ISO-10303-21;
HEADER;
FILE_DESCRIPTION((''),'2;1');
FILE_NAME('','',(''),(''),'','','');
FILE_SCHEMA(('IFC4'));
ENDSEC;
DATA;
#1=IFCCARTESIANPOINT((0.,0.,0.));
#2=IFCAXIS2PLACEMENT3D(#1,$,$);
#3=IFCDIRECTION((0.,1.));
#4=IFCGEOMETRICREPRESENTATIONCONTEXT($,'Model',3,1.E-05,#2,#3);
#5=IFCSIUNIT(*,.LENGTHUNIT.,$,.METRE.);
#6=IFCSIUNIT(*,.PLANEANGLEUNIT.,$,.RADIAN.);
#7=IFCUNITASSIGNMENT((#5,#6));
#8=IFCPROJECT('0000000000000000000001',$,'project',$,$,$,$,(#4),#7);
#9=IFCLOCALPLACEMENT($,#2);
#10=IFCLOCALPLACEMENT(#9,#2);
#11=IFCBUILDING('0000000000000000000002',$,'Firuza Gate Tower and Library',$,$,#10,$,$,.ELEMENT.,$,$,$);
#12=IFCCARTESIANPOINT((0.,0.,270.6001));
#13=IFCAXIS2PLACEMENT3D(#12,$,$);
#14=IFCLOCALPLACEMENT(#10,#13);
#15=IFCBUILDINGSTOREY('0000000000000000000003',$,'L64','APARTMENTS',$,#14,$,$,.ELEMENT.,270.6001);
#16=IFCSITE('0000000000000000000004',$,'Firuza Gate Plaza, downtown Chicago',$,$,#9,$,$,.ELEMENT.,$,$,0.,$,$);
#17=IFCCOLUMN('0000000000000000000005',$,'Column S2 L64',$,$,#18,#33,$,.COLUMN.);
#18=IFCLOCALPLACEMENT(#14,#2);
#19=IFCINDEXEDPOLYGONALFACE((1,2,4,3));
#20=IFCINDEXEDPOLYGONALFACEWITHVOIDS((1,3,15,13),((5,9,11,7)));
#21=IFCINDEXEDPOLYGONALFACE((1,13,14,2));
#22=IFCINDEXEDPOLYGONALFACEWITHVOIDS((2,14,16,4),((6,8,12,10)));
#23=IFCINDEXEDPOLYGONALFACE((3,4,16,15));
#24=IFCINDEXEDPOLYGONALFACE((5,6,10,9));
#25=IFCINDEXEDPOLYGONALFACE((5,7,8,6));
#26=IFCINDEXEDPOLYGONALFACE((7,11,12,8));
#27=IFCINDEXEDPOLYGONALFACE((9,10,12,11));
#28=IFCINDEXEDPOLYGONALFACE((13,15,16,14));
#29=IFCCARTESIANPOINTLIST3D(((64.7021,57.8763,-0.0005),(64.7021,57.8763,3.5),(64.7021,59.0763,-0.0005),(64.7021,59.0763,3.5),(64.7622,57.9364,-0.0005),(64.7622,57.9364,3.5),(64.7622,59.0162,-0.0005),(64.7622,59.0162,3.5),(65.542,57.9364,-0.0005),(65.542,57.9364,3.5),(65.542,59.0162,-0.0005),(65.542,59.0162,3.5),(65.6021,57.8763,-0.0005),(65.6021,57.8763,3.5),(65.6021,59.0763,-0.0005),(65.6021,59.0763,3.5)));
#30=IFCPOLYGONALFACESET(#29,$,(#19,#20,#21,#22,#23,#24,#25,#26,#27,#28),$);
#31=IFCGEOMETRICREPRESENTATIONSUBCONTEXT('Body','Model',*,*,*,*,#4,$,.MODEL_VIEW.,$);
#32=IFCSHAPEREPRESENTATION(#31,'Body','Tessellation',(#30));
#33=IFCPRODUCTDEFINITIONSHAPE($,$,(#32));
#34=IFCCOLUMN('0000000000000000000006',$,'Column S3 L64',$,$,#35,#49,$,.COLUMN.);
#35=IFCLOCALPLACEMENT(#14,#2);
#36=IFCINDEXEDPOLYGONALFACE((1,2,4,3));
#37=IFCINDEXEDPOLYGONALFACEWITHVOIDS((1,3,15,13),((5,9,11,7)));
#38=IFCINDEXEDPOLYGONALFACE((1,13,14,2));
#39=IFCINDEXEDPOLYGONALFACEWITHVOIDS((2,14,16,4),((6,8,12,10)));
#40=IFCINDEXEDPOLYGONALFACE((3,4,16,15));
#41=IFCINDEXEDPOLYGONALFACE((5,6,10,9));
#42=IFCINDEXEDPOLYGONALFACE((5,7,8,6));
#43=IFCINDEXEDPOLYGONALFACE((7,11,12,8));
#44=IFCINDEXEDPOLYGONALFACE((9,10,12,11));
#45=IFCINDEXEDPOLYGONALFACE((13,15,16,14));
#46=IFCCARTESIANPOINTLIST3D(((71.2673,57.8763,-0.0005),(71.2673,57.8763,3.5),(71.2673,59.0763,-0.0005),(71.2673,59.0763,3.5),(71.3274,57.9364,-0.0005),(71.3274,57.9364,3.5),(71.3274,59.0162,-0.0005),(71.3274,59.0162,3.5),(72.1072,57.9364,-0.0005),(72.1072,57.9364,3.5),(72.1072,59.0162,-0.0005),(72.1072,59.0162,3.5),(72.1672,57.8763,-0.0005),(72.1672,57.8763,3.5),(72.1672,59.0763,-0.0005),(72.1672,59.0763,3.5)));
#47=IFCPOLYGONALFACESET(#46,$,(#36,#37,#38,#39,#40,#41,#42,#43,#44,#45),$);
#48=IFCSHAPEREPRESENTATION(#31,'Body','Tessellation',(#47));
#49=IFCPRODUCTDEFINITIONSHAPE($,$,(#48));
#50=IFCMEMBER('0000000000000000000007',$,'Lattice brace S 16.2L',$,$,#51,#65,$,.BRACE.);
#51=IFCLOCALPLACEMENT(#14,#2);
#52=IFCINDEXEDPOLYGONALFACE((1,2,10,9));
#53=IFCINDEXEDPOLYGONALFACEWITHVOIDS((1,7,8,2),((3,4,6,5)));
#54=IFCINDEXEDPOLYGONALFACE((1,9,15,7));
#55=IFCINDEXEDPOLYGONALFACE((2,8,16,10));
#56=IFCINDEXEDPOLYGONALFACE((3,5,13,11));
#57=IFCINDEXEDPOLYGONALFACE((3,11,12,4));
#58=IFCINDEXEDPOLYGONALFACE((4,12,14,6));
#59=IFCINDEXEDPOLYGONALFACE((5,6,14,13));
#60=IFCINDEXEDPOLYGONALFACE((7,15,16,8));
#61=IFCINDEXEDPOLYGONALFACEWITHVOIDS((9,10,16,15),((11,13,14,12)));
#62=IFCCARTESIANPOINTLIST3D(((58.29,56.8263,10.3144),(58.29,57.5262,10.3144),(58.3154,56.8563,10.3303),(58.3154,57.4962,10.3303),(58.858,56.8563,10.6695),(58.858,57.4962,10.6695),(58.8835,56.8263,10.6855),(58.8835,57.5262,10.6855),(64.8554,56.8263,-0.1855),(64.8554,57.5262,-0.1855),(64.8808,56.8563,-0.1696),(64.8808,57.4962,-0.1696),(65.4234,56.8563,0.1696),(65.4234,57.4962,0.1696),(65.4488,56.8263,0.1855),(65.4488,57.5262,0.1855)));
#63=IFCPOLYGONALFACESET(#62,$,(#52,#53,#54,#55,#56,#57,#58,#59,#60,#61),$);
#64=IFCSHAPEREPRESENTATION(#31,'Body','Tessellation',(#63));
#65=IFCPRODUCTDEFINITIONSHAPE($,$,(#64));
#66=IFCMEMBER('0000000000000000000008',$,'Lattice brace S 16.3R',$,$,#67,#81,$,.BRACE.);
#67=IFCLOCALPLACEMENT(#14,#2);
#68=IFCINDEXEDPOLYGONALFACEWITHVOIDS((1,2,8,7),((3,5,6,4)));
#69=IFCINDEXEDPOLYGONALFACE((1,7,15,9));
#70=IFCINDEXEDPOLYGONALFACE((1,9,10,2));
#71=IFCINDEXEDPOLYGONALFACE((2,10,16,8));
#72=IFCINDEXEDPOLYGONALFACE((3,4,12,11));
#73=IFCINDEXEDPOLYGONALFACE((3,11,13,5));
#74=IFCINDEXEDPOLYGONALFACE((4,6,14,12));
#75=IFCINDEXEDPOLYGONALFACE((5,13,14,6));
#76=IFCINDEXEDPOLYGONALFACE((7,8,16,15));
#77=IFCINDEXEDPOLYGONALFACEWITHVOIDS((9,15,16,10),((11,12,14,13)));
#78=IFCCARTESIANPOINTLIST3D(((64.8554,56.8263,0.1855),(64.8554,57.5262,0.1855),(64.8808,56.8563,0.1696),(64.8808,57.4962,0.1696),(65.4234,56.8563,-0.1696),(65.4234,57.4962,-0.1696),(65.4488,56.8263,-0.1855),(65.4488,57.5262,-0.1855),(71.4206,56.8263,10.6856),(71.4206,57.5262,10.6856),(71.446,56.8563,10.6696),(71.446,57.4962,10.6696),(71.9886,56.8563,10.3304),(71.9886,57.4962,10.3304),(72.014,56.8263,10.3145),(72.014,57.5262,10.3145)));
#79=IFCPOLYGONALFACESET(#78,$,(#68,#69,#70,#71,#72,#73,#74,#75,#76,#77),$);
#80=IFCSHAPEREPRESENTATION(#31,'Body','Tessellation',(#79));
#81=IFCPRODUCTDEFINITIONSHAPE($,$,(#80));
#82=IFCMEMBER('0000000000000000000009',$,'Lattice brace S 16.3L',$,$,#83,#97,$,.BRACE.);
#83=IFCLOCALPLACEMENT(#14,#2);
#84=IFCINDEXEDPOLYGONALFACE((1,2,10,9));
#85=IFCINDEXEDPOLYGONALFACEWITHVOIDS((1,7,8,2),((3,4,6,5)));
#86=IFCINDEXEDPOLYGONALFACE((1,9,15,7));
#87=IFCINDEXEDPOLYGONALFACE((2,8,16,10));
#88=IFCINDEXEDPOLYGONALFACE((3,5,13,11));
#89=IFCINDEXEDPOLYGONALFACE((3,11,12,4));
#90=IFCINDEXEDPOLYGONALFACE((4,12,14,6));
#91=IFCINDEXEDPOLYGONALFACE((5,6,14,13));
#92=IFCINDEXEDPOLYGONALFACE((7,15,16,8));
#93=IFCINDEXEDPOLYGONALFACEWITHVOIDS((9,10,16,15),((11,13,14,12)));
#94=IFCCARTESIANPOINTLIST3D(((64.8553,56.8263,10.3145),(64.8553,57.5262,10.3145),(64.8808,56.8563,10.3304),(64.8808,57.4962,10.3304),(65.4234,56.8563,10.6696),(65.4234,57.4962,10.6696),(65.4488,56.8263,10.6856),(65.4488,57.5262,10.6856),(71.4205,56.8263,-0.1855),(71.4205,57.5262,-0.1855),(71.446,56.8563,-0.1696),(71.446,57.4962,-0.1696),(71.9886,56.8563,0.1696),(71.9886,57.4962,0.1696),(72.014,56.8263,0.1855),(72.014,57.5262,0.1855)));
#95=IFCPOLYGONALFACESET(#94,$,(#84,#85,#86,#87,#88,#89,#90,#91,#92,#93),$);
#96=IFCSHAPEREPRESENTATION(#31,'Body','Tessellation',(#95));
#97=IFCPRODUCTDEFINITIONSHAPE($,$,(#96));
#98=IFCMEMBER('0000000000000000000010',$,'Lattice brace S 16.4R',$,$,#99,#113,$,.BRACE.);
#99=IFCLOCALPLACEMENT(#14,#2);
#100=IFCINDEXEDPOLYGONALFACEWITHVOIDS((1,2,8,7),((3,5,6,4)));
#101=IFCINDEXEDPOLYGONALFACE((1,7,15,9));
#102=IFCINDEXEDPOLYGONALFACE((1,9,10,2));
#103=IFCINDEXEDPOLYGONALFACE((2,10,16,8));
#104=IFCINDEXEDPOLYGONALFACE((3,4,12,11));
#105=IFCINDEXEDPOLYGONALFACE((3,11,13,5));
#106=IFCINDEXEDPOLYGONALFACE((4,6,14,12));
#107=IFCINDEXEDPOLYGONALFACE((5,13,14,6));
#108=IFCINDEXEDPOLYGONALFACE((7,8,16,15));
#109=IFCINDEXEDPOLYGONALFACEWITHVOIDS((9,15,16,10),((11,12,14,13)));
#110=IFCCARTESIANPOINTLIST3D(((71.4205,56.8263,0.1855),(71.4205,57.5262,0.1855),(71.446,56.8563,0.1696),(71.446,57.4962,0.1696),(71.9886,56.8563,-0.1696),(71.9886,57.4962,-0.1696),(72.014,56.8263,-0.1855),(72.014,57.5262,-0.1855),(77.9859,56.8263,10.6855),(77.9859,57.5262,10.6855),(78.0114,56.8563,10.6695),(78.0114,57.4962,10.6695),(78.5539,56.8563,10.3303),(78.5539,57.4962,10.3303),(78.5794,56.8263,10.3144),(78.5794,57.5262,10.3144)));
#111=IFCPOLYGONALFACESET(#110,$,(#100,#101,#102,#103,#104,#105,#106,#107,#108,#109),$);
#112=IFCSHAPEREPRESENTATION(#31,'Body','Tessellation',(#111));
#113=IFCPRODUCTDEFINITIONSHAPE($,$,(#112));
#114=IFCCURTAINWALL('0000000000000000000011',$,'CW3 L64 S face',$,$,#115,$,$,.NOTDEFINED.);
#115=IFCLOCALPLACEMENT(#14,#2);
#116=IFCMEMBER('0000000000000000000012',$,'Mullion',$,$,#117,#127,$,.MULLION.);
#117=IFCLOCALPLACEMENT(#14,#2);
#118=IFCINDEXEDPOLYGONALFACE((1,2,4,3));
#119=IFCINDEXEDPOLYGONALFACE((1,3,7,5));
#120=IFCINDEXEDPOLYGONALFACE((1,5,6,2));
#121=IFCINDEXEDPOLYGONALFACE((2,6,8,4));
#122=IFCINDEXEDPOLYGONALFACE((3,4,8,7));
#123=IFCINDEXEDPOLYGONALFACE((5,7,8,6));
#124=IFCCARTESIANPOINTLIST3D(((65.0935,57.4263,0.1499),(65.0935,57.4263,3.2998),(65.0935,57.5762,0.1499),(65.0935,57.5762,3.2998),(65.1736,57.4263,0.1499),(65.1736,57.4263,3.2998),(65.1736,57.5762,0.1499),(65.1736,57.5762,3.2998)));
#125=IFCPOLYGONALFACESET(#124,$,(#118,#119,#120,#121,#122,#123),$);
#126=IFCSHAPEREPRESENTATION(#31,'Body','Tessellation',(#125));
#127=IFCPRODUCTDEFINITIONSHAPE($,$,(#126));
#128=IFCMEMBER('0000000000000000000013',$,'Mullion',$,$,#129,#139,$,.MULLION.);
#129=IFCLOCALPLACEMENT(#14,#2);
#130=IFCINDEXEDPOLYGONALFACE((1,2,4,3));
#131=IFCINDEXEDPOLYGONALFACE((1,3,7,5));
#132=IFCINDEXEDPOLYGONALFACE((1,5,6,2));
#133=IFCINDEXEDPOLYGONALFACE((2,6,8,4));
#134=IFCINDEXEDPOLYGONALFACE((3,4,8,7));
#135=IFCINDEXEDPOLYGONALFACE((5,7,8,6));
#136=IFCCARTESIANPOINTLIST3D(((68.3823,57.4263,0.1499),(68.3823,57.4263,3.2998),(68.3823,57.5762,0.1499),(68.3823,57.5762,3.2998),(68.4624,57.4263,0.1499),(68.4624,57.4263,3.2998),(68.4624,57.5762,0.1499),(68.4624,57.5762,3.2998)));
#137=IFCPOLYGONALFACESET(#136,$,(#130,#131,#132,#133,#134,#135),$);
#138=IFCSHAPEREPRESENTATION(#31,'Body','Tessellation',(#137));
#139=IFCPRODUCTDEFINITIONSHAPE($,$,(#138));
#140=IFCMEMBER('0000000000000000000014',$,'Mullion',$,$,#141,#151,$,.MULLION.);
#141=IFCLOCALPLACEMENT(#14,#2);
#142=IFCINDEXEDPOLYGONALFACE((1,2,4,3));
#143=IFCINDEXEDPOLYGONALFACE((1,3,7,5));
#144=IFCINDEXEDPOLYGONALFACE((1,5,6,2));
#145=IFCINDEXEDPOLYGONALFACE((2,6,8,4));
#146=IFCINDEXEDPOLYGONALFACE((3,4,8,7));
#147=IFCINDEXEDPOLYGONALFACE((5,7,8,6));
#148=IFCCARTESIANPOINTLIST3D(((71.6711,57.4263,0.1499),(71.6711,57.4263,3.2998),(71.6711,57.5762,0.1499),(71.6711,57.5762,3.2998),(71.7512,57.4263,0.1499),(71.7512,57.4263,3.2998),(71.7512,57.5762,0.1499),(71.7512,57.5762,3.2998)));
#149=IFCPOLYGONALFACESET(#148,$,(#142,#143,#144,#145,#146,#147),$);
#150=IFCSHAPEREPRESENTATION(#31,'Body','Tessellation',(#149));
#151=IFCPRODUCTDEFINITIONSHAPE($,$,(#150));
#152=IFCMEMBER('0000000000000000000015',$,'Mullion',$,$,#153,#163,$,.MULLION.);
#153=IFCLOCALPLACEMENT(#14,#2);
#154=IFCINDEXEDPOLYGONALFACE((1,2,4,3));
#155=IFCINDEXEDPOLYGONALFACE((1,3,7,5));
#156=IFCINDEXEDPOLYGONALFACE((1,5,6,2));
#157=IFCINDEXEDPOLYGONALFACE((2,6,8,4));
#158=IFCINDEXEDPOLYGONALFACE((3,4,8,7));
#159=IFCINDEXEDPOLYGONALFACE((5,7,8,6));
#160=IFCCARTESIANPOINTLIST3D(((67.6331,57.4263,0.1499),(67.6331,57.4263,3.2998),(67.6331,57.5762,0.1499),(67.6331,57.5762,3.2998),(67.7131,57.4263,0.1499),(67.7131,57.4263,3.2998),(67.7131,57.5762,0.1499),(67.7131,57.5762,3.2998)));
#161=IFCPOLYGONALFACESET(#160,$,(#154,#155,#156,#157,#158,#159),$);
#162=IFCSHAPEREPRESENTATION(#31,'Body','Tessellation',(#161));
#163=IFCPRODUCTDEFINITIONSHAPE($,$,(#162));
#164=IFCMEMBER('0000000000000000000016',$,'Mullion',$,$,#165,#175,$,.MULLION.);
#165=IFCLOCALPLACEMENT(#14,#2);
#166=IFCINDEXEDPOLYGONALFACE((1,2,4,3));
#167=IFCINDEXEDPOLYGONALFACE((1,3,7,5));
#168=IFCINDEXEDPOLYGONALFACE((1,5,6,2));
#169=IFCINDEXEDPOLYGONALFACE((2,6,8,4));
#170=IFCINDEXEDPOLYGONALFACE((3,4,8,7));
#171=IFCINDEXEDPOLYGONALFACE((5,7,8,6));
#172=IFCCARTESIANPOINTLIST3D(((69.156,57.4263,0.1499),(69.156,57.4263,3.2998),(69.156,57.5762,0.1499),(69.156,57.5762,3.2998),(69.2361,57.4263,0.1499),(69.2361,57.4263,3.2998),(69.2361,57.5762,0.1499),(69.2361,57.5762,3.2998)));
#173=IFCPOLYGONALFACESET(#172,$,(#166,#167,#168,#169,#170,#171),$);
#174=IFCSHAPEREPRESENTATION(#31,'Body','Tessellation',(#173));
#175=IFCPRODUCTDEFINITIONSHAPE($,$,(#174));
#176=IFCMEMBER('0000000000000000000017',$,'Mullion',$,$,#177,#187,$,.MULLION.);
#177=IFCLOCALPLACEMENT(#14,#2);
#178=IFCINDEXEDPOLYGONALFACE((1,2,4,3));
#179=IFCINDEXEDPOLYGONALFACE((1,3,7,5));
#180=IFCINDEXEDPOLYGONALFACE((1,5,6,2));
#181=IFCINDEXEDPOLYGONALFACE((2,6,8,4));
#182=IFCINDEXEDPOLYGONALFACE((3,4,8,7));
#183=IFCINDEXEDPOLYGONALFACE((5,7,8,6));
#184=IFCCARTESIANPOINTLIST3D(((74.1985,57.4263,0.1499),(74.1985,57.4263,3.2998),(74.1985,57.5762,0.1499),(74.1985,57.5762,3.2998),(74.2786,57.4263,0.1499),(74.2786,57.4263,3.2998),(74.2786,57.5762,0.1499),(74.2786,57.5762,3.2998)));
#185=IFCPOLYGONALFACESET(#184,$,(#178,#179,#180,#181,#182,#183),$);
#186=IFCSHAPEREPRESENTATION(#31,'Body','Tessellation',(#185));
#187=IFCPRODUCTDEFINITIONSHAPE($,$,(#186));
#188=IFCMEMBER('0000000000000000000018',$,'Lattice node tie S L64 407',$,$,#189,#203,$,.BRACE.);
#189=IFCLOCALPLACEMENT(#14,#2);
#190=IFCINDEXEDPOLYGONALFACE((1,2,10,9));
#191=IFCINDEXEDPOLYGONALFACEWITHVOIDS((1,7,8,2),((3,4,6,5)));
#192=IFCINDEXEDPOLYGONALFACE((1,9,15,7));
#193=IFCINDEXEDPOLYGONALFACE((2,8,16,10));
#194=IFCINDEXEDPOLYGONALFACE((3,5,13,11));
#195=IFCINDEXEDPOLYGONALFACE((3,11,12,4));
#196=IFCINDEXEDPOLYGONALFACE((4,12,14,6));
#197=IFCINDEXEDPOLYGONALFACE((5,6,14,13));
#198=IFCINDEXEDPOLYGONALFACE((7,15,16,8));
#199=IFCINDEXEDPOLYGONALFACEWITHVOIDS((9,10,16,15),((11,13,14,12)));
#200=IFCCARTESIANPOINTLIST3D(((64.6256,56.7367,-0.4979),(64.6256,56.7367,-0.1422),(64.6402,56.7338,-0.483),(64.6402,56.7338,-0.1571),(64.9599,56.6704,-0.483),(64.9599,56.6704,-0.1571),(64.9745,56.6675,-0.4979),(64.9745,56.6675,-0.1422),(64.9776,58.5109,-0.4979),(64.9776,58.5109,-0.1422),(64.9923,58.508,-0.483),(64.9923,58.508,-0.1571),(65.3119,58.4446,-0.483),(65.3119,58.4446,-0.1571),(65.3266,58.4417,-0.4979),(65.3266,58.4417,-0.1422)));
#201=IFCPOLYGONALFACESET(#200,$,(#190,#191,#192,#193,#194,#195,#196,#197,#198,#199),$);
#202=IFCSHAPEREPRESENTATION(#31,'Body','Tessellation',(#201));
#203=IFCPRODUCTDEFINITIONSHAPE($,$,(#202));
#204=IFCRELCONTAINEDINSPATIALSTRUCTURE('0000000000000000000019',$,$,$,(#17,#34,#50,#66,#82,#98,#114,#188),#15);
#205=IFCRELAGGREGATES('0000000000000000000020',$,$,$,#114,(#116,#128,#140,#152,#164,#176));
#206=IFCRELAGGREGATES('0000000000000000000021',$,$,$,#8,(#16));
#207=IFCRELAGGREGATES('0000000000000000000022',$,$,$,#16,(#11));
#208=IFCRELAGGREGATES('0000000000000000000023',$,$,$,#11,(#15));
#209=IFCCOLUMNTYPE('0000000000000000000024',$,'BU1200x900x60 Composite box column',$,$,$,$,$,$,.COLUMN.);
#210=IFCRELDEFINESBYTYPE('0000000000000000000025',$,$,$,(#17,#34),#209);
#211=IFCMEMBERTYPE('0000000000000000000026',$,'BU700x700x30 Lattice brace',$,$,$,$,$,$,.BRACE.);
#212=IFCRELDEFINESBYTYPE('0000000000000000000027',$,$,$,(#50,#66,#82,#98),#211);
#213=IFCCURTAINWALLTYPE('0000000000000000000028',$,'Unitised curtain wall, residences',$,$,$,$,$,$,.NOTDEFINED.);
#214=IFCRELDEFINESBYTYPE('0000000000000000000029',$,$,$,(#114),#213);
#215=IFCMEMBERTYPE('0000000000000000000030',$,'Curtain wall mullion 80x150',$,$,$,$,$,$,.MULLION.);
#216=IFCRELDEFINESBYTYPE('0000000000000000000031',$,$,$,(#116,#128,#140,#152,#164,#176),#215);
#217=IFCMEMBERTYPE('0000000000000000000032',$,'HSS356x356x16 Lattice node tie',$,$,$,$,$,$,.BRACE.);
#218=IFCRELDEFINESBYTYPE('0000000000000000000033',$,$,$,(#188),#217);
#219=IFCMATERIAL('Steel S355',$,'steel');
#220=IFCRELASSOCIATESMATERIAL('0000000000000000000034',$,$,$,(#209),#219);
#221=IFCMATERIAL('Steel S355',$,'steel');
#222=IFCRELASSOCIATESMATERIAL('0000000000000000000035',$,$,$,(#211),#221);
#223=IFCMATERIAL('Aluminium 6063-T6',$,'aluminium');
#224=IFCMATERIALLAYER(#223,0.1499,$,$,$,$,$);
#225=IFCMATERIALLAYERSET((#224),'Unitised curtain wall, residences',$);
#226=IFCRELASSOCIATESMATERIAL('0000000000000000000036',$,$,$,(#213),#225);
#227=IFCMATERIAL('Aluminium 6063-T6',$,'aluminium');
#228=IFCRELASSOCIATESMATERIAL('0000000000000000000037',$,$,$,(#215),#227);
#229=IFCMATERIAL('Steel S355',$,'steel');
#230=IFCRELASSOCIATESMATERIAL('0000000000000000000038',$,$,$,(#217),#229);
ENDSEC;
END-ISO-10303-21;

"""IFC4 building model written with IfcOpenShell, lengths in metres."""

from ifc_helpers import new_model, si_unit, direction, frame, origin, origin_2d, place, context, subcontext, project, spatial, rectangle, hollow_rectangle, extrude, material, layer, layer_set, material_profile, profile_set, type_object, element, aggregate, save


model = new_model("IFC4")

# Units and contexts
model_context = context("Model", 3, precision=1e-05, world=origin(), true_north=direction((0.0, 1.0)))
body_context = subcontext(model_context, "Body", "Model", "MODEL_VIEW")
ifc_project = project(units=[si_unit("LENGTHUNIT", "METRE"), si_unit("PLANEANGLEUNIT", "RADIAN")], contexts=[model_context])

# Site, building, storey
site_placement = place(None, origin())
site = spatial("IfcSite", under=ifc_project, at=site_placement, Name="Firuza Gate Plaza, downtown Chicago", CompositionType="ELEMENT", RefElevation=0.0)
building_placement = place(site_placement, origin())
building = spatial("IfcBuilding", under=site, at=building_placement, Name="Firuza Gate Tower and Library", CompositionType="ELEMENT")
storey_placement = place(building_placement, frame((0.0, 0.0, 270.6001)))
storey = spatial("IfcBuildingStorey", under=building, at=storey_placement, Name="L64", Description="APARTMENTS", CompositionType="ELEMENT", Elevation=270.6001)

# Columns
ifc_material_1 = material(Name="Steel S355", Category="steel")
ifc_material_profile_1 = material_profile(ifc_material_1, hollow_rectangle(XDim=0.8999, YDim=1.2, WallThickness=0.0601, at=origin_2d()))
ifc_profile_set_1 = profile_set([ifc_material_profile_1], Name="Steel S355")
column_type = type_object("IfcColumnType", Name="BU1200x900x60 Composite box column", PredefinedType="COLUMN", material=ifc_profile_set_1)
for number, where, z_axis, x_axis, name in (
    (1, (65.1521, 58.4763, -0.0005), (0.0, 0.0, 1.0), (1.0, 0.0, 0.0), "Column S2 L64"),
    (2, (71.7173, 58.4763, -0.0005), (0.0, 0.0, 1.0), (1.0, 0.0, 0.0), "Column S3 L64"),
):
    element("IfcColumn", number, at=place(storey_placement, frame(where, z_axis=z_axis, x_axis=x_axis)), inside=storey, type_object=column_type, Name=name, PredefinedType="COLUMN", context=body_context, shape_type="SweptSolid", body=[
        extrude(hollow_rectangle(XDim=0.8999, YDim=1.2, WallThickness=0.0601, at=origin_2d()), origin(), (0.0, 0.0, 1.0), 3.5005),
    ])

# Members
ifc_material_2 = material(Name="Steel S355", Category="steel")
ifc_material_profile_2 = material_profile(ifc_material_2, hollow_rectangle(XDim=0.7, YDim=0.7, WallThickness=0.03, at=origin_2d()))
ifc_profile_set_2 = profile_set([ifc_material_profile_2], Name="Steel S355")
member_type_1 = type_object("IfcMemberType", Name="BU700x700x30 Lattice brace", PredefinedType="BRACE", material=ifc_profile_set_2)
for number, where, z_axis, x_axis, name in (
    (3, (65.1521, 57.1763, 0.0), (-0.530169, 0.0, 0.847892), (0.0, -1.0, 0.0), "Lattice brace S 16.2L"),
    (4, (65.1521, 57.1763, 0.0), (0.530155, 0.0, 0.847901), (0.0, 1.0, 0.0), "Lattice brace S 16.3R"),
    (5, (71.7173, 57.1763, 0.0), (-0.530155, 0.0, 0.847901), (0.0, -1.0, 0.0), "Lattice brace S 16.3L"),
    (6, (71.7173, 57.1763, 0.0), (0.530169, 0.0, 0.847892), (0.0, 1.0, 0.0), "Lattice brace S 16.4R"),
):
    element("IfcMember", number, at=place(storey_placement, frame(where, z_axis=z_axis, x_axis=x_axis)), inside=storey, type_object=member_type_1, Name=name, PredefinedType="BRACE", context=body_context, shape_type="SweptSolid", body=[
        extrude(hollow_rectangle(XDim=0.7, YDim=0.7, WallThickness=0.03, at=origin_2d()), origin(), (0.0, 0.0, 1.0), 12.3835),
    ])

# Curtain wall, members
ifc_material_3 = material(Name="Aluminium 6063-T6", Category="aluminium")
ifc_layer_1 = layer(ifc_material_3, 0.1499)
ifc_layer_set_1 = layer_set([ifc_layer_1], Name="Unitised curtain wall, residences")
curtain_wall_type = type_object("IfcCurtainWallType", Name="Unitised curtain wall, residences", PredefinedType="NOTDEFINED", material=ifc_layer_set_1)
curtain_wall_placement = place(storey_placement, origin())
curtain_wall = element("IfcCurtainWall", 7, at=curtain_wall_placement, inside=storey, type_object=curtain_wall_type, Name="CW3 L64 S face", PredefinedType="NOTDEFINED")
ifc_material_4 = material(Name="Aluminium 6063-T6", Category="aluminium")
ifc_material_profile_3 = material_profile(ifc_material_4, rectangle(XDim=0.1499, YDim=0.0801, at=origin_2d()))
ifc_profile_set_3 = profile_set([ifc_material_profile_3], Name="Aluminium 6063-T6")
member_type_2 = type_object("IfcMemberType", Name="Curtain wall mullion 80x150", PredefinedType="MULLION", material=ifc_profile_set_3)
member_1_placement = place(storey_placement, frame((65.1335, 57.5012, 0.1499), z_axis=(0.0, 0.0, 1.0), x_axis=(0.0, 1.0, 0.0)))
member_1 = element("IfcMember", 8, at=member_1_placement, type_object=member_type_2, Name="Mullion", PredefinedType="MULLION", context=body_context, shape_type="SweptSolid", body=[
    extrude(rectangle(XDim=0.1499, YDim=0.0801, at=origin_2d()), origin(), (0.0, 0.0, 1.0), 3.1499),
])
member_2_placement = place(storey_placement, frame((68.4224, 57.5012, 0.1499), z_axis=(0.0, 0.0, 1.0), x_axis=(0.0, 1.0, 0.0)))
member_2 = element("IfcMember", 9, at=member_2_placement, type_object=member_type_2, Name="Mullion", PredefinedType="MULLION", context=body_context, shape_type="SweptSolid", body=[
    extrude(rectangle(XDim=0.1499, YDim=0.0801, at=origin_2d()), origin(), (0.0, 0.0, 1.0), 3.1499),
])
member_3_placement = place(storey_placement, frame((71.7112, 57.5012, 0.1499), z_axis=(0.0, 0.0, 1.0), x_axis=(0.0, 1.0, 0.0)))
member_3 = element("IfcMember", 10, at=member_3_placement, type_object=member_type_2, Name="Mullion", PredefinedType="MULLION", context=body_context, shape_type="SweptSolid", body=[
    extrude(rectangle(XDim=0.1499, YDim=0.0801, at=origin_2d()), origin(), (0.0, 0.0, 1.0), 3.1499),
])
member_4_placement = place(storey_placement, frame((67.6731, 57.5012, 0.1499), z_axis=(0.0, 0.0, 1.0), x_axis=(0.0, 1.0, 0.0)))
member_4 = element("IfcMember", 11, at=member_4_placement, type_object=member_type_2, Name="Mullion", PredefinedType="MULLION", context=body_context, shape_type="SweptSolid", body=[
    extrude(rectangle(XDim=0.1499, YDim=0.0801, at=origin_2d()), origin(), (0.0, 0.0, 1.0), 3.1499),
])
member_5_placement = place(storey_placement, frame((69.196, 57.5012, 0.1499), z_axis=(0.0, 0.0, 1.0), x_axis=(0.0, 1.0, 0.0)))
member_5 = element("IfcMember", 12, at=member_5_placement, type_object=member_type_2, Name="Mullion", PredefinedType="MULLION", context=body_context, shape_type="SweptSolid", body=[
    extrude(rectangle(XDim=0.1499, YDim=0.0801, at=origin_2d()), origin(), (0.0, 0.0, 1.0), 3.1499),
])
member_6_placement = place(storey_placement, frame((74.2385, 57.5012, 0.1499), z_axis=(0.0, 0.0, 1.0), x_axis=(0.0, 1.0, 0.0)))
member_6 = element("IfcMember", 13, at=member_6_placement, type_object=member_type_2, Name="Mullion", PredefinedType="MULLION", context=body_context, shape_type="SweptSolid", body=[
    extrude(rectangle(XDim=0.1499, YDim=0.0801, at=origin_2d()), origin(), (0.0, 0.0, 1.0), 3.1499),
])

# Member
ifc_material_5 = material(Name="Steel S355", Category="steel")
ifc_material_profile_4 = material_profile(ifc_material_5, hollow_rectangle(XDim=0.3557, YDim=0.3557, WallThickness=0.0149, at=origin_2d()))
ifc_profile_set_4 = profile_set([ifc_material_profile_4], Name="Steel S355")
member_type_3 = type_object("IfcMemberType", Name="HSS356x356x16 Lattice node tie", PredefinedType="BRACE", material=ifc_profile_set_4)
member_7_placement = place(storey_placement, frame((65.1521, 58.4763, -0.3201), z_axis=(-0.194636, -0.980875, 0.0), x_axis=(0.980875, -0.194636, 0.0)))
element("IfcMember", 14, at=member_7_placement, inside=storey, type_object=member_type_3, Name="Lattice node tie S L64 407", PredefinedType="BRACE", context=body_context, shape_type="SweptSolid", body=[
    extrude(hollow_rectangle(XDim=0.3557, YDim=0.3557, WallThickness=0.0149, at=origin_2d()), origin(), (0.0, 0.0, 1.0), 1.8088),
])

aggregate(curtain_wall, [member_1, member_2, member_3, member_4, member_5, member_6])

save(model, "model.ifc")
